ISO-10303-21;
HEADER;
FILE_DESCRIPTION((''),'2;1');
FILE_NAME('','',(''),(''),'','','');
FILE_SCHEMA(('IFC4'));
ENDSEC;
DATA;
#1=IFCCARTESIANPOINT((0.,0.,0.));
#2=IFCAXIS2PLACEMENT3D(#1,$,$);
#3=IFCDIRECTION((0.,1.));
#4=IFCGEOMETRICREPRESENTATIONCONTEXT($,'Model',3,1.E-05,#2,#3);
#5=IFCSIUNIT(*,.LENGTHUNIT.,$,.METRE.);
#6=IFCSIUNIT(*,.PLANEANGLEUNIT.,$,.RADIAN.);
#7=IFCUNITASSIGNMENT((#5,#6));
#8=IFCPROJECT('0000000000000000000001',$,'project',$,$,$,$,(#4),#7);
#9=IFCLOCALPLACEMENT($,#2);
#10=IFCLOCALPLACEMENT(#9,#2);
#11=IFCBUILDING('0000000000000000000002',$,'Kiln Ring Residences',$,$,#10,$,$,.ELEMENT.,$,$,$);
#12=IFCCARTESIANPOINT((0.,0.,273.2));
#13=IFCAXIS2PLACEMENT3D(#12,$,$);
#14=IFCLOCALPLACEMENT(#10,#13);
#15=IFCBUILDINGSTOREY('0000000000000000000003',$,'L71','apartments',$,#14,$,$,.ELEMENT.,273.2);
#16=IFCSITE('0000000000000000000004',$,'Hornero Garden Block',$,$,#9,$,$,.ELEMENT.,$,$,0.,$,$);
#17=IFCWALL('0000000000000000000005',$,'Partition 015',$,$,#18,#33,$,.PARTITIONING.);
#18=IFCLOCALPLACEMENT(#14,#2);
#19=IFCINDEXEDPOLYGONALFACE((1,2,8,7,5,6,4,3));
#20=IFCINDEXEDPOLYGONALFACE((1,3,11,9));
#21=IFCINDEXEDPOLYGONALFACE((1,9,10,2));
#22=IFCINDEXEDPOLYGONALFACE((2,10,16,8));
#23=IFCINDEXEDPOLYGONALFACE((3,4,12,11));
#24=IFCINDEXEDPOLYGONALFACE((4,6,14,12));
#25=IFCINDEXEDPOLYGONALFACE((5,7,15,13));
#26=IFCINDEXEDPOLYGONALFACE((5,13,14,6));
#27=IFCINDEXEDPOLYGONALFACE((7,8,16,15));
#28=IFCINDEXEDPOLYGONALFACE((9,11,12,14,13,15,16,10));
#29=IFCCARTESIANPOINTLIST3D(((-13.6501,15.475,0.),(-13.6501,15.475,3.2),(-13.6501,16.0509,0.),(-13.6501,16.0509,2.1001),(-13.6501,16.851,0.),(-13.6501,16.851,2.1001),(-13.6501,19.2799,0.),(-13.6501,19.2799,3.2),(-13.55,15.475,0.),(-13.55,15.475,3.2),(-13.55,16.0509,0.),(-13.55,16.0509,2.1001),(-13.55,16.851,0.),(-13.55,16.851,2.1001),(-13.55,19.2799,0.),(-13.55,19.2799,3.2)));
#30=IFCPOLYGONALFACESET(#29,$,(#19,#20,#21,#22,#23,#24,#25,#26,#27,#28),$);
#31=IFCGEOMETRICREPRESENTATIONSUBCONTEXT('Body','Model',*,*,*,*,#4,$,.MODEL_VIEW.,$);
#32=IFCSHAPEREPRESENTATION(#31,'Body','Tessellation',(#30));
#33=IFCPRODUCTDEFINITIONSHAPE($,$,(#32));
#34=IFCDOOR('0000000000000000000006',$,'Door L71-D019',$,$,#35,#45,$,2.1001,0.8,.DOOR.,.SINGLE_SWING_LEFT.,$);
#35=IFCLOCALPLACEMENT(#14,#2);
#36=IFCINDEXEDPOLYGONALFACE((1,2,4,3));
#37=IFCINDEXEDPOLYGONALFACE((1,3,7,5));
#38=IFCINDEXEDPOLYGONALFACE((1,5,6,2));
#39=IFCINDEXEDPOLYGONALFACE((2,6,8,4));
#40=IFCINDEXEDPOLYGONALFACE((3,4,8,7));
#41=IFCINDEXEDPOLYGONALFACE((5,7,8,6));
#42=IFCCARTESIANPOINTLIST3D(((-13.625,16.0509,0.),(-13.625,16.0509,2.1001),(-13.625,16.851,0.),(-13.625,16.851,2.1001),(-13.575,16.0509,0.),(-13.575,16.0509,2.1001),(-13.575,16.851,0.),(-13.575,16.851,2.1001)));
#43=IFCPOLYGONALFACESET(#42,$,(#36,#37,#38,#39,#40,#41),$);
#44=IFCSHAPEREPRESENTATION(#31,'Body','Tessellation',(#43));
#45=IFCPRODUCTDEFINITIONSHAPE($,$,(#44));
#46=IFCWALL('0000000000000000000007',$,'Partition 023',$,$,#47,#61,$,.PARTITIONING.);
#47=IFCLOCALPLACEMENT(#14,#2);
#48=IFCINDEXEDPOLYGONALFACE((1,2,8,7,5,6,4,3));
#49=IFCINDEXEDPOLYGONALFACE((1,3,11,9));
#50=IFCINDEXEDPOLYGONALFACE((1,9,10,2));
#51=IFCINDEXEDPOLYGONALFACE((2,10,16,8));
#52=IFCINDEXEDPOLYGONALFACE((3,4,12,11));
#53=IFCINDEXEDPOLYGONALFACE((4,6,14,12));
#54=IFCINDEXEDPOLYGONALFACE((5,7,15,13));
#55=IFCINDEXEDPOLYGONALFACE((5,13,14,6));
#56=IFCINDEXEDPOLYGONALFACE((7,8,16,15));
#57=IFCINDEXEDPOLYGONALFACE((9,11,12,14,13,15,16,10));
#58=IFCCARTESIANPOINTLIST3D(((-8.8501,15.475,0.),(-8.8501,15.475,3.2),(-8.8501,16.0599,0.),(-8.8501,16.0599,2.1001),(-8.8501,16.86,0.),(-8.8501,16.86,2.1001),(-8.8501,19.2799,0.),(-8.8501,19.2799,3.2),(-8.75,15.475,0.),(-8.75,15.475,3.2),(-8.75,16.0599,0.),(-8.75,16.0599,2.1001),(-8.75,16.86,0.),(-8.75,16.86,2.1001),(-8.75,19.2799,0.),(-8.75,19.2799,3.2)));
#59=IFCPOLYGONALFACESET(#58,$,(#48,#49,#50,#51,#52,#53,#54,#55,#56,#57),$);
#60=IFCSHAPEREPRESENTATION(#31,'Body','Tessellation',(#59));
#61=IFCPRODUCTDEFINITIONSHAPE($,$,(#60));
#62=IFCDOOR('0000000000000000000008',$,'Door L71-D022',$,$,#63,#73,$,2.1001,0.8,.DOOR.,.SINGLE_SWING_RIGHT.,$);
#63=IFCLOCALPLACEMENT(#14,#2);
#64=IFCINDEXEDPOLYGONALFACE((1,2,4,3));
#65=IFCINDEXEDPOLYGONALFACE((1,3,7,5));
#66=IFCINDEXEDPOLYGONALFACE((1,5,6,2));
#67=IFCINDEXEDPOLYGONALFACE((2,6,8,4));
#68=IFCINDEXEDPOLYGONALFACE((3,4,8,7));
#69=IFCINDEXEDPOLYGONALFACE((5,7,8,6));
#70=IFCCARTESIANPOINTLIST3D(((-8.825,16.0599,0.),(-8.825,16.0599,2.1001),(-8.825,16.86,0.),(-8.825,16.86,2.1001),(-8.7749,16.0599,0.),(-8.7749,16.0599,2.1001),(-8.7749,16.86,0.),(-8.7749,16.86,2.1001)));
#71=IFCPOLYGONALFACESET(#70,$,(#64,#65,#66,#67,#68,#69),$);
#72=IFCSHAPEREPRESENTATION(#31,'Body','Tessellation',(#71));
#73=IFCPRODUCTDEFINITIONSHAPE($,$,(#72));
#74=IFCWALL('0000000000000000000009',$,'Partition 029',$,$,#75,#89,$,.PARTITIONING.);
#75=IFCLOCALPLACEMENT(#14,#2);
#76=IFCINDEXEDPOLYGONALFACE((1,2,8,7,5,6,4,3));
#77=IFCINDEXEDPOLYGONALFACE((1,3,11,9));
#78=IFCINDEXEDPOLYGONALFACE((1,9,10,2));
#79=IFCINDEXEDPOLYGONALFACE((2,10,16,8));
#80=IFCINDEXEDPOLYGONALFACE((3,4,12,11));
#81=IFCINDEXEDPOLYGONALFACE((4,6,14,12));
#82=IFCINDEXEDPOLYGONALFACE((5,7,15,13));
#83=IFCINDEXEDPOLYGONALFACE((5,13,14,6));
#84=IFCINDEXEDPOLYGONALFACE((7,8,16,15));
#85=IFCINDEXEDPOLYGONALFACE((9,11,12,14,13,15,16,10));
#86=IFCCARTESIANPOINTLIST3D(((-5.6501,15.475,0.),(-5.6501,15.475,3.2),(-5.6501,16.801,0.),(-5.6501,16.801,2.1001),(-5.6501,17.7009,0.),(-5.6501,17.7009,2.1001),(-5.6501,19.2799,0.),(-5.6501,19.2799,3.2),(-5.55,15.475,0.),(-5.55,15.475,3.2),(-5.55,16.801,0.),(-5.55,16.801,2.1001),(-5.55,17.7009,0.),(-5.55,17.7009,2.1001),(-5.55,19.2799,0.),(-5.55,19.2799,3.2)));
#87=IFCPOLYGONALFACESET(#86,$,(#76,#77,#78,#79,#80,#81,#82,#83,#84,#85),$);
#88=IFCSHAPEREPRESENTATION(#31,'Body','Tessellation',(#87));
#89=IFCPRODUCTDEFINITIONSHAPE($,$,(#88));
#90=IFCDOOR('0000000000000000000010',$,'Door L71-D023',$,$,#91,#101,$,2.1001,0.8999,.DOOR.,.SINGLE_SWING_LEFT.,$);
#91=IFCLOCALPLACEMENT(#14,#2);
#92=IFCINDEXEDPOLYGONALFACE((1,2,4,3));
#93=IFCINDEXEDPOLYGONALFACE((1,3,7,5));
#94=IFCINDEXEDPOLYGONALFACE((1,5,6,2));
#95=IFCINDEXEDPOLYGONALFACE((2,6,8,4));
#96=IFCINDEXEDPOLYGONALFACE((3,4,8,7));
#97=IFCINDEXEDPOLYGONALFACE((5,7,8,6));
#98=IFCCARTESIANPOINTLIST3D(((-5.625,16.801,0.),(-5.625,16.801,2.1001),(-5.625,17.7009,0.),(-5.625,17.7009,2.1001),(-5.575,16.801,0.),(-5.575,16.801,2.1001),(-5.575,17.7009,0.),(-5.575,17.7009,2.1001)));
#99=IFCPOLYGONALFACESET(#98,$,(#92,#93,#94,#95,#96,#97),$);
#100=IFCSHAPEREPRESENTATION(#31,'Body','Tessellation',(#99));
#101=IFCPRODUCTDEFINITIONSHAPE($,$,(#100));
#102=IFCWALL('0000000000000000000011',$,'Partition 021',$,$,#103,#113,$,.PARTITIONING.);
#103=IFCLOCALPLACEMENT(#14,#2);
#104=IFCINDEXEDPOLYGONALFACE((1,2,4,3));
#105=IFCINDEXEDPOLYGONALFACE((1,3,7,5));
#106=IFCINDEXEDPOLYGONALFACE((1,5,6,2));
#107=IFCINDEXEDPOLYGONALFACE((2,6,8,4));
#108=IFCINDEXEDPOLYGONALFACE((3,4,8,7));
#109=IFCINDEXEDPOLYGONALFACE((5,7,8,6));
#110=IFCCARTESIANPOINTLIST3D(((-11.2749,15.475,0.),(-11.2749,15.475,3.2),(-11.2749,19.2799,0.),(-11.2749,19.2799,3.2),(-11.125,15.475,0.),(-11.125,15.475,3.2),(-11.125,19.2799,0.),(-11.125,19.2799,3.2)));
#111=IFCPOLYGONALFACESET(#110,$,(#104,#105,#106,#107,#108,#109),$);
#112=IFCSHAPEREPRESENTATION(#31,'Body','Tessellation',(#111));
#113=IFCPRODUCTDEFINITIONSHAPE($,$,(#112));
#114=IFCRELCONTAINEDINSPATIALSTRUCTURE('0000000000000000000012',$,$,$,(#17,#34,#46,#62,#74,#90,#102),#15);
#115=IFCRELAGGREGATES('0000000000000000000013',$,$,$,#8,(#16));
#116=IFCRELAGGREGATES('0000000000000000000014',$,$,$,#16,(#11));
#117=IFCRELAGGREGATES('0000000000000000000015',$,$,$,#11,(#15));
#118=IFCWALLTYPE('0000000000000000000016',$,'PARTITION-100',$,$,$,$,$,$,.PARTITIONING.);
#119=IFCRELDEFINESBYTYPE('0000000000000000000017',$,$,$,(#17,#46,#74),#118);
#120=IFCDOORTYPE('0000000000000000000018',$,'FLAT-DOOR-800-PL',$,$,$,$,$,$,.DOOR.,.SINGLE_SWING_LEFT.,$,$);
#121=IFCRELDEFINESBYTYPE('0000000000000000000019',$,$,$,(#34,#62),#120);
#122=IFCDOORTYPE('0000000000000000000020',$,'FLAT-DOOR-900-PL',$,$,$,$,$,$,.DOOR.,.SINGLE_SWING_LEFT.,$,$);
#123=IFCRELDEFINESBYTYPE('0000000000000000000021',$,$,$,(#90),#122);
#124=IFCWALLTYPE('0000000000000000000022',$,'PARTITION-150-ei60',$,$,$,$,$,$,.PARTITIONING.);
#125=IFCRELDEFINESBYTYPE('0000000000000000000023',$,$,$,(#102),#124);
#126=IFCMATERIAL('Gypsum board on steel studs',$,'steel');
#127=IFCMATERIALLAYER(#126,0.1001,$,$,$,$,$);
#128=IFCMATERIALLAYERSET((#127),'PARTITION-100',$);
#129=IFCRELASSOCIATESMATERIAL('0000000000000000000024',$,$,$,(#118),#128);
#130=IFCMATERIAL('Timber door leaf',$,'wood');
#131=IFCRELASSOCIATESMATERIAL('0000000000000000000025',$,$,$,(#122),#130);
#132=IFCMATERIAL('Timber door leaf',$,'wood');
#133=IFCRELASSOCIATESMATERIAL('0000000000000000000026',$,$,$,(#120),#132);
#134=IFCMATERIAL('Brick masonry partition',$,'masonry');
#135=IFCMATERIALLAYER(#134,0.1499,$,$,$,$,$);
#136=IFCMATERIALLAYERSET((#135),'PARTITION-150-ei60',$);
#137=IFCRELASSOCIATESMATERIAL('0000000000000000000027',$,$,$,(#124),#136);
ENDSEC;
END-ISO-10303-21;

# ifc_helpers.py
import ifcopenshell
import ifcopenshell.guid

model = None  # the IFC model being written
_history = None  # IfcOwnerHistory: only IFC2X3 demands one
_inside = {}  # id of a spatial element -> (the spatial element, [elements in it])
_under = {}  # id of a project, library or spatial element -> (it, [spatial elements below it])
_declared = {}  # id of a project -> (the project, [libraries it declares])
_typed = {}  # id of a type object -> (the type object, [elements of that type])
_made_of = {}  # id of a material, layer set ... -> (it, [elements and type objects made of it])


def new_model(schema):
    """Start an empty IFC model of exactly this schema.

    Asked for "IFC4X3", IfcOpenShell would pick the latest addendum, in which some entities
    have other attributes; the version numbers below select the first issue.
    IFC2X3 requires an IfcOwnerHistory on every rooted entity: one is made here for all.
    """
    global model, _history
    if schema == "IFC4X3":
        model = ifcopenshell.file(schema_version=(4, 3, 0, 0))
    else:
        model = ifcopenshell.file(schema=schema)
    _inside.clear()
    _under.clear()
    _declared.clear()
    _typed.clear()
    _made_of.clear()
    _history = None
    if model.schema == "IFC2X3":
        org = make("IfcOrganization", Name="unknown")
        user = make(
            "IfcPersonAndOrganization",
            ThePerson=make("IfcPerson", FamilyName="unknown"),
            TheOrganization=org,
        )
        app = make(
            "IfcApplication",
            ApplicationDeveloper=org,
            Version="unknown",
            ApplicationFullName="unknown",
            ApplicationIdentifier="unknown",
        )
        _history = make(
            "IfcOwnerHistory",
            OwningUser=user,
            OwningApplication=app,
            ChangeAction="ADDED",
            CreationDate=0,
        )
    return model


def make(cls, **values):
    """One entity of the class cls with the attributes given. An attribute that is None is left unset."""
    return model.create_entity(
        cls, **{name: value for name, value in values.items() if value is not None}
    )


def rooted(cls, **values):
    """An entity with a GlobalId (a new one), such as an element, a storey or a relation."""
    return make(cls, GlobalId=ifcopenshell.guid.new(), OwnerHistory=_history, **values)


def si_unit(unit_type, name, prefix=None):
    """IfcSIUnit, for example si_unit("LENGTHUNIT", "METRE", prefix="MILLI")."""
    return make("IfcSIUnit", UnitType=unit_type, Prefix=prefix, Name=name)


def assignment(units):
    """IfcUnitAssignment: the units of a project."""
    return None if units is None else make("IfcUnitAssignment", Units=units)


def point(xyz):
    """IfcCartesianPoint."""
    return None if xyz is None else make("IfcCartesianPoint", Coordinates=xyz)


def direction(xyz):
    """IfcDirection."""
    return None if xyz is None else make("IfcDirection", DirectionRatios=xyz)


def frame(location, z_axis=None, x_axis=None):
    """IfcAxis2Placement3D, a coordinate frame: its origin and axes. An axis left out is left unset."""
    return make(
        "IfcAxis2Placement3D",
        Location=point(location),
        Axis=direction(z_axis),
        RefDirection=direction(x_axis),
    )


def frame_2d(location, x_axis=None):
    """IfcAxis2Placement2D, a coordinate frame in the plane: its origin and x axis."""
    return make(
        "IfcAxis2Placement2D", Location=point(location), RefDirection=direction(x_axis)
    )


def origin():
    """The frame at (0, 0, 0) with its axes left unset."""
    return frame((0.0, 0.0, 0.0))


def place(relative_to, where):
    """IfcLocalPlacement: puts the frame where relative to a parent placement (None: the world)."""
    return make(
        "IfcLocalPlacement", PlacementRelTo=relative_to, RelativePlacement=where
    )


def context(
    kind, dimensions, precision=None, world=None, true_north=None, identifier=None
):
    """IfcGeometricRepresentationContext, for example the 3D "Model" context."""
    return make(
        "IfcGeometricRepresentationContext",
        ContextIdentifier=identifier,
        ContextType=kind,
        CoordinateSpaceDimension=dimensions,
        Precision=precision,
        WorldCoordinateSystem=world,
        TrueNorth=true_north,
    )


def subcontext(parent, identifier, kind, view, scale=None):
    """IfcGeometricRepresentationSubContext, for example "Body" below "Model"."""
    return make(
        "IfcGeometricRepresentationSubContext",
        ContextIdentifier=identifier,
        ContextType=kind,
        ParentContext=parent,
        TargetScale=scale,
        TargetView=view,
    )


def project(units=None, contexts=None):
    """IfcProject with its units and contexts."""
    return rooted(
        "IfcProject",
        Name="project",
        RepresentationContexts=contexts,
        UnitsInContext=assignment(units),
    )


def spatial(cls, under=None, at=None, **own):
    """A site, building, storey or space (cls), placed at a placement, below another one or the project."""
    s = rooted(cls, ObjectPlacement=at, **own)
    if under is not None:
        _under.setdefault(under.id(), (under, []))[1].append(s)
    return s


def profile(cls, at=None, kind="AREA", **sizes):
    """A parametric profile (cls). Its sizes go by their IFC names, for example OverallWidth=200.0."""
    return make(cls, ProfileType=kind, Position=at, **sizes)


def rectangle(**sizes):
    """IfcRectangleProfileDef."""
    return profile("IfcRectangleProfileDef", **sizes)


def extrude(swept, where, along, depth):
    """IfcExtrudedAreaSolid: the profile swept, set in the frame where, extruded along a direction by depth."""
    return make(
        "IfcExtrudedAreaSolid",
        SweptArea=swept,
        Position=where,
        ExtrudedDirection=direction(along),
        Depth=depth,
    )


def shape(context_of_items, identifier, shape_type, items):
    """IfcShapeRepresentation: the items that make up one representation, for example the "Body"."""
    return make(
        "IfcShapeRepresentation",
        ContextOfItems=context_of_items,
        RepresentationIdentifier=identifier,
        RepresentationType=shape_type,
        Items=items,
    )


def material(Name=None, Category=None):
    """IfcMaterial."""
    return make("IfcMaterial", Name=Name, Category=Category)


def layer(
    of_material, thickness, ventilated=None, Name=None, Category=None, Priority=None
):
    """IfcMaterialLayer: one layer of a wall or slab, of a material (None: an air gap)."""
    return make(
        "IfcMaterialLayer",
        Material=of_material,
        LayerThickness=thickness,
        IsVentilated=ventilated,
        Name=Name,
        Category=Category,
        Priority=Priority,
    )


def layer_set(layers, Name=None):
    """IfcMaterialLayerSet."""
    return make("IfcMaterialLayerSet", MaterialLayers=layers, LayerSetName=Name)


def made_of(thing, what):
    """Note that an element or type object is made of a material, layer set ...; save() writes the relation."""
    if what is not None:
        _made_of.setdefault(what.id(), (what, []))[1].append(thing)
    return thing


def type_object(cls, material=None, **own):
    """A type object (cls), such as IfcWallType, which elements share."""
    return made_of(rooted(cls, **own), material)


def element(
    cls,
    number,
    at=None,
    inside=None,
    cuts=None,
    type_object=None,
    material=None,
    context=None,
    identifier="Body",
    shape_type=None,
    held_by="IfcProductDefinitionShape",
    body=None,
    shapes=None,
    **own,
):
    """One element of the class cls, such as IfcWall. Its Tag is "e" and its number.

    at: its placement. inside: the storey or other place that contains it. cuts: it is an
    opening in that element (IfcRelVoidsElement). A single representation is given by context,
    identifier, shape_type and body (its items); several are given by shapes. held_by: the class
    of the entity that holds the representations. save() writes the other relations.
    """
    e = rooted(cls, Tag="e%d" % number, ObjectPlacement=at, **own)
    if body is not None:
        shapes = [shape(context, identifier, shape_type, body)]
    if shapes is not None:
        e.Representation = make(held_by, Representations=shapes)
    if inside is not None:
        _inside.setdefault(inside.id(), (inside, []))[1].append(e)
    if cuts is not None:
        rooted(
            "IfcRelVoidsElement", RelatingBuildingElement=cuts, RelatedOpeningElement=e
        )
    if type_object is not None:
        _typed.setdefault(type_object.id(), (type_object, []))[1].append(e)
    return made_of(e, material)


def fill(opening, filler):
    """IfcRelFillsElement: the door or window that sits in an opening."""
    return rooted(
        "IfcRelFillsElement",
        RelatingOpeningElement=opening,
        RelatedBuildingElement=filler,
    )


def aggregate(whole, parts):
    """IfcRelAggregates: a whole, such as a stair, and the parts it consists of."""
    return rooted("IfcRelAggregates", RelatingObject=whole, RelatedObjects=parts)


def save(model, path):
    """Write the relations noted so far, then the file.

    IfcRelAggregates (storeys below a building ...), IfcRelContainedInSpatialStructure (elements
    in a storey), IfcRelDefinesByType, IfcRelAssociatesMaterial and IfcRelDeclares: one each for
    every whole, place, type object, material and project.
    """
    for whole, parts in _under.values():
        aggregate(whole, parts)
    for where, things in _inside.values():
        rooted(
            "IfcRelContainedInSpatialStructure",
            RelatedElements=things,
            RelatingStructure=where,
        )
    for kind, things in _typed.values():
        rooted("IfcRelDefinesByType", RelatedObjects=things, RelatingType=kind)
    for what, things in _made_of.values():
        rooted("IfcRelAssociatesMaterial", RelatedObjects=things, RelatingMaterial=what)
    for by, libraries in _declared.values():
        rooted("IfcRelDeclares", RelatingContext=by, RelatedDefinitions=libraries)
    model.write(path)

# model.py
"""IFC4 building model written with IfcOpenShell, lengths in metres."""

from ifc_helpers import new_model, si_unit, direction, frame, frame_2d, origin, place, context, subcontext, project, spatial, rectangle, extrude, material, layer, layer_set, type_object, element, fill, save


model = new_model("IFC4")

# Units and contexts
model_context = context("Model", 3, precision=1e-05, world=origin(), true_north=direction((0.0, 1.0)))
body_context = subcontext(model_context, "Body", "Model", "MODEL_VIEW")
ifc_project = project(units=[si_unit("LENGTHUNIT", "METRE"), si_unit("PLANEANGLEUNIT", "RADIAN")], contexts=[model_context])

# Site, building, storey
site_placement = place(None, origin())
site = spatial("IfcSite", under=ifc_project, at=site_placement, Name="Hornero Garden Block", CompositionType="ELEMENT", RefElevation=0.0)
building_placement = place(site_placement, origin())
building = spatial("IfcBuilding", under=site, at=building_placement, Name="Kiln Ring Residences", CompositionType="ELEMENT")
storey_placement = place(building_placement, frame((0.0, 0.0, 273.2)))
storey = spatial("IfcBuildingStorey", under=building, at=storey_placement, Name="L71", Description="apartments", CompositionType="ELEMENT", Elevation=273.2)

# Walls, openings, doors
ifc_material_1 = material(Name="Gypsum board on steel studs", Category="steel")
ifc_layer_1 = layer(ifc_material_1, 0.1001)
ifc_layer_set_1 = layer_set([ifc_layer_1], Name="PARTITION-100")
wall_type_1 = type_object("IfcWallType", Name="PARTITION-100", PredefinedType="PARTITIONING", material=ifc_layer_set_1)
ifc_material_2 = material(Name="Timber door leaf", Category="wood")
door_type_1 = type_object("IfcDoorType", Name="FLAT-DOOR-900-PL", OperationType="SINGLE_SWING_LEFT", PredefinedType="DOOR", material=ifc_material_2)
wall_1_placement = place(storey_placement, frame((-13.6001, 15.4751, 0.0), z_axis=(0.0, 0.0, 1.0), x_axis=(0.0, 1.0, 0.0)))
wall_1 = element("IfcWall", 1, at=wall_1_placement, inside=storey, type_object=wall_type_1, Name="Partition 015", PredefinedType="PARTITIONING", context=body_context, shape_type="SweptSolid", body=[
    extrude(rectangle(XDim=3.8049, YDim=0.1001, at=frame_2d((1.9023, 0.0))), origin(), (0.0, 0.0, 1.0), 3.2),
])
opening_1_placement = place(wall_1_placement, frame((0.5759, 0.0, 0.0)))
opening_1 = element("IfcOpeningElement", 2, at=opening_1_placement, cuts=wall_1, PredefinedType="OPENING", context=body_context, shape_type="SweptSolid", body=[
    extrude(rectangle(XDim=0.8, YDim=2.1001, at=frame_2d((0.3999, 1.05))), frame((0.0, 0.0601, 0.0), z_axis=(0.0, -1.0, 0.0), x_axis=(1.0, 0.0, 0.0)), (0.0, 0.0, 1.0), 0.1201),
])
ifc_material_3 = material(Name="Timber door leaf", Category="wood")
door_type_2 = type_object("IfcDoorType", Name="FLAT-DOOR-800-PL", OperationType="SINGLE_SWING_LEFT", PredefinedType="DOOR", material=ifc_material_3)
door_1_placement = place(opening_1_placement, origin())
door_1 = element("IfcDoor", 3, at=door_1_placement, inside=storey, type_object=door_type_2, Name="Door L71-D019", OperationType="SINGLE_SWING_LEFT", OverallHeight=2.1001, OverallWidth=0.8, PredefinedType="DOOR", context=body_context, shape_type="SweptSolid", body=[
    extrude(rectangle(XDim=0.8, YDim=2.1001, at=frame_2d((0.3999, 1.05))), frame((0.0, 0.0249, 0.0), z_axis=(0.0, -1.0, 0.0), x_axis=(1.0, 0.0, 0.0)), (0.0, 0.0, 1.0), 0.05),
])
fill(opening_1, door_1)
wall_2_placement = place(storey_placement, frame((-8.8, 15.4751, 0.0), z_axis=(0.0, 0.0, 1.0), x_axis=(0.0, 1.0, 0.0)))
wall_2 = element("IfcWall", 4, at=wall_2_placement, inside=storey, type_object=wall_type_1, Name="Partition 023", PredefinedType="PARTITIONING", context=body_context, shape_type="SweptSolid", body=[
    extrude(rectangle(XDim=3.8049, YDim=0.1001, at=frame_2d((1.9023, 0.0))), origin(), (0.0, 0.0, 1.0), 3.2),
])
opening_2_placement = place(wall_2_placement, frame((0.585, 0.0, 0.0)))
opening_2 = element("IfcOpeningElement", 5, at=opening_2_placement, cuts=wall_2, PredefinedType="OPENING", context=body_context, shape_type="SweptSolid", body=[
    extrude(rectangle(XDim=0.8, YDim=2.1001, at=frame_2d((0.3999, 1.05))), frame((0.0, 0.0601, 0.0), z_axis=(0.0, -1.0, 0.0), x_axis=(1.0, 0.0, 0.0)), (0.0, 0.0, 1.0), 0.1201),
])
door_2_placement = place(opening_2_placement, origin())
door_2 = element("IfcDoor", 6, at=door_2_placement, inside=storey, type_object=door_type_2, Name="Door L71-D022", OperationType="SINGLE_SWING_RIGHT", OverallHeight=2.1001, OverallWidth=0.8, PredefinedType="DOOR", context=body_context, shape_type="SweptSolid", body=[
    extrude(rectangle(XDim=0.8, YDim=2.1001, at=frame_2d((0.3999, 1.05))), frame((0.0, 0.0249, 0.0), z_axis=(0.0, -1.0, 0.0), x_axis=(1.0, 0.0, 0.0)), (0.0, 0.0, 1.0), 0.05),
])
fill(opening_2, door_2)
wall_3_placement = place(storey_placement, frame((-5.6001, 15.4751, 0.0), z_axis=(0.0, 0.0, 1.0), x_axis=(0.0, 1.0, 0.0)))
wall_3 = element("IfcWall", 7, at=wall_3_placement, inside=storey, type_object=wall_type_1, Name="Partition 029", PredefinedType="PARTITIONING", context=body_context, shape_type="SweptSolid", body=[
    extrude(rectangle(XDim=3.8049, YDim=0.1001, at=frame_2d((1.9023, 0.0))), origin(), (0.0, 0.0, 1.0), 3.2),
])
opening_3_placement = place(wall_3_placement, frame((1.3259, 0.0, 0.0)))
opening_3 = element("IfcOpeningElement", 8, at=opening_3_placement, cuts=wall_3, PredefinedType="OPENING", context=body_context, shape_type="SweptSolid", body=[
    extrude(rectangle(XDim=0.8999, YDim=2.1001, at=frame_2d((0.45, 1.05))), frame((0.0, 0.0601, 0.0), z_axis=(0.0, -1.0, 0.0), x_axis=(1.0, 0.0, 0.0)), (0.0, 0.0, 1.0), 0.1201),
])
door_3_placement = place(opening_3_placement, origin())
door_3 = element("IfcDoor", 9, at=door_3_placement, inside=storey, type_object=door_type_1, Name="Door L71-D023", OperationType="SINGLE_SWING_LEFT", OverallHeight=2.1001, OverallWidth=0.8999, PredefinedType="DOOR", context=body_context, shape_type="SweptSolid", body=[
    extrude(rectangle(XDim=0.8999, YDim=2.1001, at=frame_2d((0.45, 1.05))), frame((0.0, 0.0249, 0.0), z_axis=(0.0, -1.0, 0.0), x_axis=(1.0, 0.0, 0.0)), (0.0, 0.0, 1.0), 0.05),
])
fill(opening_3, door_3)

# Wall
ifc_material_4 = material(Name="Brick masonry partition", Category="masonry")
ifc_layer_2 = layer(ifc_material_4, 0.1499)
ifc_layer_set_2 = layer_set([ifc_layer_2], Name="PARTITION-150-ei60")
wall_type_2 = type_object("IfcWallType", Name="PARTITION-150-ei60", PredefinedType="PARTITIONING", material=ifc_layer_set_2)
wall_4_placement = place(storey_placement, frame((-11.2, 15.4751, 0.0), z_axis=(0.0, 0.0, 1.0), x_axis=(0.0, 1.0, 0.0)))
element("IfcWall", 10, at=wall_4_placement, inside=storey, type_object=wall_type_2, Name="Partition 021", PredefinedType="PARTITIONING", context=body_context, shape_type="SweptSolid", body=[
    extrude(rectangle(XDim=3.8049, YDim=0.1499, at=frame_2d((1.9023, 0.0))), origin(), (0.0, 0.0, 1.0), 3.2),
])

save(model, "model.ifc")
